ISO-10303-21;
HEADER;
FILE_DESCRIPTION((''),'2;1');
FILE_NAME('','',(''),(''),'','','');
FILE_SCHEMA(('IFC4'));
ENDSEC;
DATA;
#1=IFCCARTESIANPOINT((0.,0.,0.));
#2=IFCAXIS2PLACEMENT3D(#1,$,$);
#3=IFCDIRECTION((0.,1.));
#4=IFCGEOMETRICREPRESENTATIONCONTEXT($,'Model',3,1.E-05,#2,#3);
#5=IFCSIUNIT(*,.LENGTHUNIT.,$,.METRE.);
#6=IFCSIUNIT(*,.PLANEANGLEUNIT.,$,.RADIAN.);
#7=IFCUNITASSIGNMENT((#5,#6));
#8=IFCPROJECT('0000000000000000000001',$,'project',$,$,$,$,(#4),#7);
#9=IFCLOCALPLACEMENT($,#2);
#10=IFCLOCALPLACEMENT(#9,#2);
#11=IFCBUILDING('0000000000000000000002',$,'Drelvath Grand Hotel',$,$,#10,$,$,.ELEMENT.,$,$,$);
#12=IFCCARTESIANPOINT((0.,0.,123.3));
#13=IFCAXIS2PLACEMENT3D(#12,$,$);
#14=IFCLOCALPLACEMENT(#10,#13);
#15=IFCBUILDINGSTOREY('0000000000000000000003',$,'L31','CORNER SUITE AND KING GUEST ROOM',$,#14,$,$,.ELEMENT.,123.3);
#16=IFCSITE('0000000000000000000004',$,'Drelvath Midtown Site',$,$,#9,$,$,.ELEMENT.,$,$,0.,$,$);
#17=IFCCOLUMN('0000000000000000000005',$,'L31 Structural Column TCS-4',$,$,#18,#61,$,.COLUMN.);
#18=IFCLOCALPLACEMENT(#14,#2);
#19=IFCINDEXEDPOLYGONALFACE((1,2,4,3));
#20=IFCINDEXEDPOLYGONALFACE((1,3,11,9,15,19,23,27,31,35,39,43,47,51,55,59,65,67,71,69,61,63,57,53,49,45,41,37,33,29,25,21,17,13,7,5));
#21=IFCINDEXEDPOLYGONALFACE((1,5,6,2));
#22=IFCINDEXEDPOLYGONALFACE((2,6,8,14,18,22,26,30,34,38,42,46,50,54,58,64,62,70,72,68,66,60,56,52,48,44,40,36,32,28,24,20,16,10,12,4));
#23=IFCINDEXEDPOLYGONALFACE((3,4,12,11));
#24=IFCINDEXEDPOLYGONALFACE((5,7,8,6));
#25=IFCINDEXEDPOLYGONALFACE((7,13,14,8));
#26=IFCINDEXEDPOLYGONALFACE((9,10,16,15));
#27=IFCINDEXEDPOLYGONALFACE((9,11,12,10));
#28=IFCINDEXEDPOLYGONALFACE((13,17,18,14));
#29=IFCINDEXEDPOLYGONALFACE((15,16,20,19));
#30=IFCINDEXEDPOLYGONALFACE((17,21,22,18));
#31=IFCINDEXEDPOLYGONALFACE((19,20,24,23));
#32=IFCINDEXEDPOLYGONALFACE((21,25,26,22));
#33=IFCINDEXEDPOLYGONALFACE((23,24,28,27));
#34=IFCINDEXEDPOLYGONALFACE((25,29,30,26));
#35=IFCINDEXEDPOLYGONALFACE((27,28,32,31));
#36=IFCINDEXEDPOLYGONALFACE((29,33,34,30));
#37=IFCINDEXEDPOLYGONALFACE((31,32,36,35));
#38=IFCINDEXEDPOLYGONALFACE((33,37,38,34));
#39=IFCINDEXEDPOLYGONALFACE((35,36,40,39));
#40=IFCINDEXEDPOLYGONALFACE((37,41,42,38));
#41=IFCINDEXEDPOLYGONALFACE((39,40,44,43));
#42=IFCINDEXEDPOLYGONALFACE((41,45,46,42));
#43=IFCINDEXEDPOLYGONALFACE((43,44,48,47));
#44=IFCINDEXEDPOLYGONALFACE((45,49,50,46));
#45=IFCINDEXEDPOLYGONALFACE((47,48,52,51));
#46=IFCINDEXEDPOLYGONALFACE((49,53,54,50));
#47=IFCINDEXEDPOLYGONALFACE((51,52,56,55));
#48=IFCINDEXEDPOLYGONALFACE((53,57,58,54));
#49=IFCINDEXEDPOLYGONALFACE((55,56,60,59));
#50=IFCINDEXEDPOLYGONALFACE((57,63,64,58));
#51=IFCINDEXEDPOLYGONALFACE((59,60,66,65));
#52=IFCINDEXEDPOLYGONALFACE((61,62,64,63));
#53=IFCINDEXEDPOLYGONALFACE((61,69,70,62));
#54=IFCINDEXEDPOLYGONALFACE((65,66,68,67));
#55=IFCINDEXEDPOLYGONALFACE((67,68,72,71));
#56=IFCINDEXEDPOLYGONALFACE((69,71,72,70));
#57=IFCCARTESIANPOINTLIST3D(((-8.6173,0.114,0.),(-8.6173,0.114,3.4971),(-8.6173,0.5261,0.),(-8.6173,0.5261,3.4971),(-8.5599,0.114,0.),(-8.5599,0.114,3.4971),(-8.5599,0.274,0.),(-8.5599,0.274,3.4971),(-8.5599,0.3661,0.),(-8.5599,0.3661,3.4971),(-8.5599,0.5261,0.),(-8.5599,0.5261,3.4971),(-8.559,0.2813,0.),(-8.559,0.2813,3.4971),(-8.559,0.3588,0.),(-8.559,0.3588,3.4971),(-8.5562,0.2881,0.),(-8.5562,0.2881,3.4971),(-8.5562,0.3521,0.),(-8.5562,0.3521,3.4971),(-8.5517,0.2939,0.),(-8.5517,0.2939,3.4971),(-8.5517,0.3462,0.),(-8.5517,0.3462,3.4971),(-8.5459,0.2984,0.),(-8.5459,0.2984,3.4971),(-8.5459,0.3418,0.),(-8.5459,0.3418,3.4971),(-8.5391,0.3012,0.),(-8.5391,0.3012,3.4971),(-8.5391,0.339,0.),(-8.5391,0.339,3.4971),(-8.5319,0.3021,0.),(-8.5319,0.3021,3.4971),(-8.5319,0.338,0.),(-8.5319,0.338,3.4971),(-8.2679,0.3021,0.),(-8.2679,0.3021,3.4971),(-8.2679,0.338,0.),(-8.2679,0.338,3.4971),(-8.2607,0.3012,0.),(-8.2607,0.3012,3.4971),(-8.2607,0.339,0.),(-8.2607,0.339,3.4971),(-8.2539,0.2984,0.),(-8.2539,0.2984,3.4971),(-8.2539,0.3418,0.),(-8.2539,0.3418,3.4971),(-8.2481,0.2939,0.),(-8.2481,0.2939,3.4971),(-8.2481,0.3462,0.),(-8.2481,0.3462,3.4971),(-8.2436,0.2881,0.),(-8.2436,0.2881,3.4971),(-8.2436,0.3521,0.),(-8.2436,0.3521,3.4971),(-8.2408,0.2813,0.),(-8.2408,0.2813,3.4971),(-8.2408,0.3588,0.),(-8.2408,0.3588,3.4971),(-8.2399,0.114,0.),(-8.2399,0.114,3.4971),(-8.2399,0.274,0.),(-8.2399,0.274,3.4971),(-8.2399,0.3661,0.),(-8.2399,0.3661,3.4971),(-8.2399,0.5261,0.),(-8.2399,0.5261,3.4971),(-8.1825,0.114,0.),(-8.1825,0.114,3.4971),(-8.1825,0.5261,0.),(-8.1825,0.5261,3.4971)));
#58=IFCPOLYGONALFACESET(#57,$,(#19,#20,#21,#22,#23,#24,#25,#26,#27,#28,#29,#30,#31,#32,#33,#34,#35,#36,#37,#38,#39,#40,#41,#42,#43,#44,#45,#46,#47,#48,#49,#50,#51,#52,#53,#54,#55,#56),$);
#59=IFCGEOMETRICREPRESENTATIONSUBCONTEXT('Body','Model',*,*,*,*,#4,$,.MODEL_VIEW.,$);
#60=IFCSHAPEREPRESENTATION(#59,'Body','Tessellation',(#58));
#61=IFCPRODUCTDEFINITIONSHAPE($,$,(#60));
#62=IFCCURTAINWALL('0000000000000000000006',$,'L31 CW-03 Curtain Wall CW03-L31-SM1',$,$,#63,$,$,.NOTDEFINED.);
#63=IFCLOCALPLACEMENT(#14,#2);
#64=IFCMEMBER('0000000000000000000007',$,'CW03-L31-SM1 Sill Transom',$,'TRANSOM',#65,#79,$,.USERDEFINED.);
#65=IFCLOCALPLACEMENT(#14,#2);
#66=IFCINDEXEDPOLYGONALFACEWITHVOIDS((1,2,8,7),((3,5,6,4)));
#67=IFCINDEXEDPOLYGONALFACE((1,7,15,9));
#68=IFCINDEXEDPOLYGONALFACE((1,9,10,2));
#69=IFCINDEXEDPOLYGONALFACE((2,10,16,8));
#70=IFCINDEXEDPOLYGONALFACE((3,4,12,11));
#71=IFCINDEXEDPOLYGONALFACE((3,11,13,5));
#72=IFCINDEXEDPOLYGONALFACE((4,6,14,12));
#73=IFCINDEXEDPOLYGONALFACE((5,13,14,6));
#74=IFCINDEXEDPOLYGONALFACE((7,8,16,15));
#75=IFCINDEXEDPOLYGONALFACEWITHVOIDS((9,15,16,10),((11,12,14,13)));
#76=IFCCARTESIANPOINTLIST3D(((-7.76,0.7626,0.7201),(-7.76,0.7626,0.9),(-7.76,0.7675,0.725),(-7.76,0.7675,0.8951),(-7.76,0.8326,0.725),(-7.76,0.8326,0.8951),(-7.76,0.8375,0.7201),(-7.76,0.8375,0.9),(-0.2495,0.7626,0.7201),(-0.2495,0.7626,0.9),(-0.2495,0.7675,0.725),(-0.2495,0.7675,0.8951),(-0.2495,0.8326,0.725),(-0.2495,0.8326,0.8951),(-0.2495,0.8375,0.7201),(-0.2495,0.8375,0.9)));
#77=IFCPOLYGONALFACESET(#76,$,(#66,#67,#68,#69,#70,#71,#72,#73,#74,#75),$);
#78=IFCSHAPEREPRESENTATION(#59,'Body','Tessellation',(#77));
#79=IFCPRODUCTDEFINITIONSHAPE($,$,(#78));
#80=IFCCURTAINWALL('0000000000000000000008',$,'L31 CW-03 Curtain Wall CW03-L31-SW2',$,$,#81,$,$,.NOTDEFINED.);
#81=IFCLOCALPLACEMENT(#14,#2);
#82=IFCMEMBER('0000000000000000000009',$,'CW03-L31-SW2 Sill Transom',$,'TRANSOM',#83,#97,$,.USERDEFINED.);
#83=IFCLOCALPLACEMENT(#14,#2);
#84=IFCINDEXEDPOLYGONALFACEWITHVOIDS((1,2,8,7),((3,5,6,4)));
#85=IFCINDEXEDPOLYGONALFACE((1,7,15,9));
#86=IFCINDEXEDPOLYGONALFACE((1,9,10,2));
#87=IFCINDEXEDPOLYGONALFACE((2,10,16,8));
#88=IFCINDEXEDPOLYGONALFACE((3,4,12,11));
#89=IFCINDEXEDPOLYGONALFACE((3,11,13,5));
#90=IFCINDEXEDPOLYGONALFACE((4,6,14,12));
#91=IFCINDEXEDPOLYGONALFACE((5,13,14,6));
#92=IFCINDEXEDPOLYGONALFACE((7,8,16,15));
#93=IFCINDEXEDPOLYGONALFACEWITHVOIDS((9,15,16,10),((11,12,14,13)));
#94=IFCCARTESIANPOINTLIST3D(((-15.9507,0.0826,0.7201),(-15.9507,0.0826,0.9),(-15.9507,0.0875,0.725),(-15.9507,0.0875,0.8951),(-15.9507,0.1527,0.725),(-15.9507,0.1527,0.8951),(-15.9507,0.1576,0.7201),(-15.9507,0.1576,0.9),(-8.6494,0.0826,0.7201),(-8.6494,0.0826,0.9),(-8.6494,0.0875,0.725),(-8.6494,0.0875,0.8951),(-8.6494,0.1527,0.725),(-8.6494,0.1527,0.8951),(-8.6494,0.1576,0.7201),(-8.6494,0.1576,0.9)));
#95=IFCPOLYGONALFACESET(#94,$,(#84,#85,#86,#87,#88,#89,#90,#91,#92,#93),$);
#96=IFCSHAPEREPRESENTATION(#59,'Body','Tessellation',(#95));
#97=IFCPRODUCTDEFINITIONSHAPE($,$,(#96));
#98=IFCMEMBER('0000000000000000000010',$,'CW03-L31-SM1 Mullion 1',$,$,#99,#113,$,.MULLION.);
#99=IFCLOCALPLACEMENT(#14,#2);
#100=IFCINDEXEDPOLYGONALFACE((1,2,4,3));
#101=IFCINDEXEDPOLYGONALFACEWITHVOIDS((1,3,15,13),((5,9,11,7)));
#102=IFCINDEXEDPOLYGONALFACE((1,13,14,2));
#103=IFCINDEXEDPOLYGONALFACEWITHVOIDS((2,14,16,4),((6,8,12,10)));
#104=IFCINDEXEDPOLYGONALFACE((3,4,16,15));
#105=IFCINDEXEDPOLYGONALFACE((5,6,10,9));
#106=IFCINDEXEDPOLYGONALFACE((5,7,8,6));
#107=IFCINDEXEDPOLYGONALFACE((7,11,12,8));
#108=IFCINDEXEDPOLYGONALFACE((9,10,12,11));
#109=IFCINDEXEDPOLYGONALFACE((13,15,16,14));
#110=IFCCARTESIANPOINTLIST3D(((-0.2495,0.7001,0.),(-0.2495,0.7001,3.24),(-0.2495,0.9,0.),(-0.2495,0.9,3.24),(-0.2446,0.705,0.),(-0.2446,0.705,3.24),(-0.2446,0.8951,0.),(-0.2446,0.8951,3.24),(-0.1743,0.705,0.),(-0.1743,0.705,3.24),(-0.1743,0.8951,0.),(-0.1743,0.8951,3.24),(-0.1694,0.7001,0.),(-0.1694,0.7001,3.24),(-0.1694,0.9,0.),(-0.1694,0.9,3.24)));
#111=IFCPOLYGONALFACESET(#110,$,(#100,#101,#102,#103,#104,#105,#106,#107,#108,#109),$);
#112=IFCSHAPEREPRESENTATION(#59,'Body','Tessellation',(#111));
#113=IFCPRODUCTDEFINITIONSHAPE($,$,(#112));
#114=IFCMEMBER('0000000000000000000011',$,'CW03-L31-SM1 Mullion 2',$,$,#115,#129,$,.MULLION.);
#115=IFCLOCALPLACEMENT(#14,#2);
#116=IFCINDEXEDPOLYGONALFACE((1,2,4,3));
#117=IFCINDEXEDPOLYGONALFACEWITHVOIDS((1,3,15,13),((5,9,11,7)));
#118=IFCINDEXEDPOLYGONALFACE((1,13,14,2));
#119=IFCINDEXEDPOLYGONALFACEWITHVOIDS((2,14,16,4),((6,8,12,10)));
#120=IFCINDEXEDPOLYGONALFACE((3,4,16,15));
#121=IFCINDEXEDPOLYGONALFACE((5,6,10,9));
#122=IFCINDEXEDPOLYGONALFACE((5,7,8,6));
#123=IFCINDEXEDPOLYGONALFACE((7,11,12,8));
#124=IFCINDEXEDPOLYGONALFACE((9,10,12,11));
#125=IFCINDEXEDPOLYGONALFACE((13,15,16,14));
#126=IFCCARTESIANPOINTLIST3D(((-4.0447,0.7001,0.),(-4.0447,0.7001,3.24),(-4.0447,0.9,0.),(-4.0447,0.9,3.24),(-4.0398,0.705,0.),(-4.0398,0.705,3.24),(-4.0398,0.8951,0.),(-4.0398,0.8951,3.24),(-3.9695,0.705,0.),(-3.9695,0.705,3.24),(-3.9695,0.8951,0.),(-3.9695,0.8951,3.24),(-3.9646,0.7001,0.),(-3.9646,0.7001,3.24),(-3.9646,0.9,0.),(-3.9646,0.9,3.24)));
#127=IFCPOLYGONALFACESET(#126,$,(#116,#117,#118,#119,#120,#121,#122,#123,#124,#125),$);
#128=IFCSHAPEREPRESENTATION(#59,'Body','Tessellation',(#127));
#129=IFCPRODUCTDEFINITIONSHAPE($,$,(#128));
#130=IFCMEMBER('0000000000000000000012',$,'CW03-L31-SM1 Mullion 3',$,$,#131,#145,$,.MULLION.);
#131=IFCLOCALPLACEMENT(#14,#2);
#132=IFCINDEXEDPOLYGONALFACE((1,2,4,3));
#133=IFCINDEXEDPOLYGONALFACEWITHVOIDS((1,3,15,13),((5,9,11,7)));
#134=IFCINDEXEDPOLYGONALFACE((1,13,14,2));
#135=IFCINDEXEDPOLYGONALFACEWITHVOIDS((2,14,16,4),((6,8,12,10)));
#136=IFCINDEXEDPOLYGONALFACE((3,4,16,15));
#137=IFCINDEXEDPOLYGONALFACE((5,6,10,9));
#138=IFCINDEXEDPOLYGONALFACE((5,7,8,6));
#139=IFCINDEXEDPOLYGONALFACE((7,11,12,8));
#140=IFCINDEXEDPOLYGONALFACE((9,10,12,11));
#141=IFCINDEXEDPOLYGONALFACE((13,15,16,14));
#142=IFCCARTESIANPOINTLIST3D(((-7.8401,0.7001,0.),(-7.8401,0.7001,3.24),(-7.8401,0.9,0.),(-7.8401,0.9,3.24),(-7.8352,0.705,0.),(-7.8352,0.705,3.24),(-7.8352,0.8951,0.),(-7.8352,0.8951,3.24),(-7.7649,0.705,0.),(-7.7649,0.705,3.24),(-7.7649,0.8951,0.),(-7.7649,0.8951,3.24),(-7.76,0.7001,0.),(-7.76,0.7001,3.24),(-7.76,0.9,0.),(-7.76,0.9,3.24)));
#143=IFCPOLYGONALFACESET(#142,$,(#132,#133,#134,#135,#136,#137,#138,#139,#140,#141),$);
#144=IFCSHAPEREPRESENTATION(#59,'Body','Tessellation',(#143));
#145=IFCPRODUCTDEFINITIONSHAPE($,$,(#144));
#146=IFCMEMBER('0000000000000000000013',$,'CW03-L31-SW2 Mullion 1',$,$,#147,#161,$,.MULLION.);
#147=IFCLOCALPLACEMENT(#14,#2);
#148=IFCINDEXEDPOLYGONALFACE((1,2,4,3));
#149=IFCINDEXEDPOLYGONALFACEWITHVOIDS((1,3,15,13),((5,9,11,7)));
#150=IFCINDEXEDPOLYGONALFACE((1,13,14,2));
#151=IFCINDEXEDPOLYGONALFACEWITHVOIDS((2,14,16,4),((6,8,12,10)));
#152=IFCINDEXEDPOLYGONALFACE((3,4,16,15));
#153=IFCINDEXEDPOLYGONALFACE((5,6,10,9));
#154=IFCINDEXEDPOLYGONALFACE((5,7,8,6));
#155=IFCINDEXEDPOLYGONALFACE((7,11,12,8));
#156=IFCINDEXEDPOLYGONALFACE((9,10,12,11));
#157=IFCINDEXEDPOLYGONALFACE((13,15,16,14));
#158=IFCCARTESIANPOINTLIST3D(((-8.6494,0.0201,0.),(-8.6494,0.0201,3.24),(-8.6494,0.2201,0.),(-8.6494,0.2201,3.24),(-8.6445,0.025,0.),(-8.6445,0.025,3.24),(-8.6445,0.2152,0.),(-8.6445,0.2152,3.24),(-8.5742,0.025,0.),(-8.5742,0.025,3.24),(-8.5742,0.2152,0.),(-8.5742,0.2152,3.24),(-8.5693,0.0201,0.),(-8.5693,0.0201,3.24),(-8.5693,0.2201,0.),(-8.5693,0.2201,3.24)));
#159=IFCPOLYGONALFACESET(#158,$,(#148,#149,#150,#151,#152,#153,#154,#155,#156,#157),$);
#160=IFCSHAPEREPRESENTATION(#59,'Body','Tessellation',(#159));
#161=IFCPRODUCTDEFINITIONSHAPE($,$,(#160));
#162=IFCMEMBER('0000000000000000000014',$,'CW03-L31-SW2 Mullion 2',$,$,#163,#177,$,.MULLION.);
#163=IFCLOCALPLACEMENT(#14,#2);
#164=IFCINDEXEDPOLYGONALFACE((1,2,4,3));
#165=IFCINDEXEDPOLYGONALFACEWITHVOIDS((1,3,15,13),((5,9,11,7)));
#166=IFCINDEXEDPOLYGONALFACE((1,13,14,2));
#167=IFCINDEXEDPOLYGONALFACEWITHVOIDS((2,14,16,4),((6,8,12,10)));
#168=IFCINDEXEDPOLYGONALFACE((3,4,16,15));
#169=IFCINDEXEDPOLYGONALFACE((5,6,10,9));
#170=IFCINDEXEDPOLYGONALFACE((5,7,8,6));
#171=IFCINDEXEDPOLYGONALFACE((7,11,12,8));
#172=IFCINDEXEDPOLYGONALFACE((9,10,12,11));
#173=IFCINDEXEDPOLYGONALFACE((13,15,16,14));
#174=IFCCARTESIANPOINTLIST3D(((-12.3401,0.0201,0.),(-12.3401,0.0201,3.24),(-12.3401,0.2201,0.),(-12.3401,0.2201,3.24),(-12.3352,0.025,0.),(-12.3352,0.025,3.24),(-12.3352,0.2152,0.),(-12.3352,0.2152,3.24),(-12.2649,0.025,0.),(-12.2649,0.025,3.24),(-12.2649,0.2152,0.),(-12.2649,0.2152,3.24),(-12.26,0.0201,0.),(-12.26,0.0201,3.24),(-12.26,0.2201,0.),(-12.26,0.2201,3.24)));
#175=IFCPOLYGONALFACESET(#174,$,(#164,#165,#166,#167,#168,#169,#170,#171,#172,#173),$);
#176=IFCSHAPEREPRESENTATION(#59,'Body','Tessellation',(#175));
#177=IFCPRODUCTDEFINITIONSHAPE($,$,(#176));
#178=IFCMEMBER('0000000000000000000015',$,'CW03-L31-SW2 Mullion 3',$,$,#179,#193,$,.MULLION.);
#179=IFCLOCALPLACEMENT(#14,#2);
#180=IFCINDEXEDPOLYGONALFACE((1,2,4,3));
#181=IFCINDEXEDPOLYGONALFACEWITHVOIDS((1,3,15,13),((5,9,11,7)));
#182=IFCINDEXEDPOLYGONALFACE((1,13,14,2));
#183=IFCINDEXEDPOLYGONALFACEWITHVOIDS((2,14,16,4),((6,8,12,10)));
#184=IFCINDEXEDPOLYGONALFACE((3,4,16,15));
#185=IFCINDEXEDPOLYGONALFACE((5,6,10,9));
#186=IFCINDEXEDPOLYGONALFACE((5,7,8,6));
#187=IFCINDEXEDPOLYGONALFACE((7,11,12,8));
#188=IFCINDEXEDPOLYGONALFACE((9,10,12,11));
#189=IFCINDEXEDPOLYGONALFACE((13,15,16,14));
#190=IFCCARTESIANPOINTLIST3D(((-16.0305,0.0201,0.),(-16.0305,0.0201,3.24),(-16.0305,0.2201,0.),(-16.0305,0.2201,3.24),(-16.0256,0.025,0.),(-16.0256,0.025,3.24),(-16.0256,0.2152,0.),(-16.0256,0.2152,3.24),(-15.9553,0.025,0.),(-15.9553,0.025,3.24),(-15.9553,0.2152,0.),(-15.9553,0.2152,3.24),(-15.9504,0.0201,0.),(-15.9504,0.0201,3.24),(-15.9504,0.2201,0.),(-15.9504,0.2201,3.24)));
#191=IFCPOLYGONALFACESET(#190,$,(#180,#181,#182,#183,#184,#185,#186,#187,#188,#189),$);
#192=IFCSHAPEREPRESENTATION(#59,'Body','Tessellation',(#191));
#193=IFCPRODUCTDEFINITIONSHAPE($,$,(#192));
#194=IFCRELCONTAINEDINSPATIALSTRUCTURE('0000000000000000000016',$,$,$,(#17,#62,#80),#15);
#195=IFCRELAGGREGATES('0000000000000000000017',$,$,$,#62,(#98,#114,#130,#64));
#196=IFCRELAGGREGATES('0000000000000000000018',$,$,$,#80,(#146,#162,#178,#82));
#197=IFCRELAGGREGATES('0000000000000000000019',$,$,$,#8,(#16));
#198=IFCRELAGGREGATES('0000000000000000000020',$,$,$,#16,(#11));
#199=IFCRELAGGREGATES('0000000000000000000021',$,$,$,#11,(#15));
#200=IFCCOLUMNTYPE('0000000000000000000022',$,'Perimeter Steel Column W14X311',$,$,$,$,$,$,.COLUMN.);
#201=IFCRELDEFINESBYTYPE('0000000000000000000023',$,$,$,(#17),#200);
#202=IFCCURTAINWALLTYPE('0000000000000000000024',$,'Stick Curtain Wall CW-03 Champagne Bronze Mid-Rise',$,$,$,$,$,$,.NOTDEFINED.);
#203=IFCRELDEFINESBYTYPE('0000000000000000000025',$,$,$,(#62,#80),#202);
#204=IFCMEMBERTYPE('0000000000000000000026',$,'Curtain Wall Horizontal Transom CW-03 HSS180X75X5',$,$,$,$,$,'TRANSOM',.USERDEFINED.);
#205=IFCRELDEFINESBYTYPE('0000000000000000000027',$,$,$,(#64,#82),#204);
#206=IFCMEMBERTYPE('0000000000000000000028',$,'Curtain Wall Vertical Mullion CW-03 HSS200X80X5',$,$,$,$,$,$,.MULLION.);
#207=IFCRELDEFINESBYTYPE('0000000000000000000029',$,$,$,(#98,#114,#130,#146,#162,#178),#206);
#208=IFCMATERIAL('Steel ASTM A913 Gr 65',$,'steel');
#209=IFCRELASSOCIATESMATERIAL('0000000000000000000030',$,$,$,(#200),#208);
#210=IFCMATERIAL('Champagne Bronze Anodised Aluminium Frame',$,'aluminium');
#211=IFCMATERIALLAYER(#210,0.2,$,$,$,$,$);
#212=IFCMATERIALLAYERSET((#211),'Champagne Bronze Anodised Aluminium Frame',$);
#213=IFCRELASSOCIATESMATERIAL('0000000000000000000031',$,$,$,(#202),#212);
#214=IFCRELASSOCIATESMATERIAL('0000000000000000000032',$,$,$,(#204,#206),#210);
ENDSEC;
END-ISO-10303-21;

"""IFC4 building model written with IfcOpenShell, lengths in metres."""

from ifc_helpers import new_model, si_unit, direction, frame, origin, origin_2d, place, context, subcontext, project, spatial, hollow_rectangle, i_section, extrude, material, layer, layer_set, material_profile, profile_set, type_object, element, aggregate, save


model = new_model("IFC4")

# Units and contexts
model_context = context("Model", 3, precision=1e-05, world=origin(), true_north=direction((0.0, 1.0)))
body_context = subcontext(model_context, "Body", "Model", "MODEL_VIEW")
ifc_project = project(units=[si_unit("LENGTHUNIT", "METRE"), si_unit("PLANEANGLEUNIT", "RADIAN")], contexts=[model_context])

# Site, building, storey
site_placement = place(None, origin())
site = spatial("IfcSite", under=ifc_project, at=site_placement, Name="Drelvath Midtown Site", CompositionType="ELEMENT", RefElevation=0.0)
building_placement = place(site_placement, origin())
building = spatial("IfcBuilding", under=site, at=building_placement, Name="Drelvath Grand Hotel", CompositionType="ELEMENT")
storey_placement = place(building_placement, frame((0.0, 0.0, 123.3)))
storey = spatial("IfcBuildingStorey", under=building, at=storey_placement, Name="L31", Description="CORNER SUITE AND KING GUEST ROOM", CompositionType="ELEMENT", Elevation=123.3)

# Column
ifc_material_1 = material(Name="Steel ASTM A913 Gr 65", Category="steel")
ifc_material_profile_1 = material_profile(ifc_material_1, i_section(OverallWidth=0.4121, OverallDepth=0.4348, WebThickness=0.0359, FlangeThickness=0.0574, FilletRadius=0.0281, at=origin_2d()), Name="W14X311")
ifc_profile_set_1 = profile_set([ifc_material_profile_1], Name="Steel ASTM A913 Gr 65")
column_type = type_object("IfcColumnType", Name="Perimeter Steel Column W14X311", PredefinedType="COLUMN", material=ifc_profile_set_1)
column_placement = place(storey_placement, frame((-8.3999, 0.3201, 0.0), z_axis=(0.0, 0.0, 1.0), x_axis=(0.0, 1.0, 0.0)))
element("IfcColumn", 1, at=column_placement, inside=storey, type_object=column_type, Name="L31 Structural Column TCS-4", PredefinedType="COLUMN", context=body_context, shape_type="SweptSolid", body=[
    extrude(i_section(OverallWidth=0.4121, OverallDepth=0.4348, WebThickness=0.0359, FlangeThickness=0.0574, FilletRadius=0.0281, at=origin_2d()), origin(), (0.0, 0.0, 1.0), 3.4971),
])

# Curtain walls, members
ifc_material_2 = material(Name="Champagne Bronze Anodised Aluminium Frame", Category="aluminium")
ifc_layer_1 = layer(ifc_material_2, 0.2)
ifc_layer_set_1 = layer_set([ifc_layer_1], Name="Champagne Bronze Anodised Aluminium Frame")
curtain_wall_type = type_object("IfcCurtainWallType", Name="Stick Curtain Wall CW-03 Champagne Bronze Mid-Rise", PredefinedType="NOTDEFINED", material=ifc_layer_set_1)
curtain_wall_1_placement = place(storey_placement, origin())
curtain_wall_1 = element("IfcCurtainWall", 2, at=curtain_wall_1_placement, inside=storey, type_object=curtain_wall_type, Name="L31 CW-03 Curtain Wall CW03-L31-SM1", PredefinedType="NOTDEFINED")
ifc_material_profile_2 = material_profile(ifc_material_2, hollow_rectangle(XDim=0.075, YDim=0.1799, WallThickness=0.0049, at=origin_2d()), Name="HSS180X75X5")
ifc_profile_set_2 = profile_set([ifc_material_profile_2], Name="Champagne Bronze Anodised Aluminium Frame")
member_type_1 = type_object("IfcMemberType", Name="Curtain Wall Horizontal Transom CW-03 HSS180X75X5", ElementType="TRANSOM", PredefinedType="USERDEFINED", material=ifc_profile_set_2)
member_1_placement = place(storey_placement, frame((-0.2495, 0.8, 0.8101), z_axis=(-1.0, 0.0, 0.0), x_axis=(0.0, -1.0, 0.0)))
member_1 = element("IfcMember", 3, at=member_1_placement, type_object=member_type_1, Name="CW03-L31-SM1 Sill Transom", ObjectType="TRANSOM", PredefinedType="USERDEFINED", context=body_context, shape_type="SweptSolid", body=[
    extrude(hollow_rectangle(XDim=0.075, YDim=0.1799, WallThickness=0.0049, at=origin_2d()), origin(), (0.0, 0.0, 1.0), 7.5105),
])
curtain_wall_2_placement = place(storey_placement, origin())
curtain_wall_2 = element("IfcCurtainWall", 4, at=curtain_wall_2_placement, inside=storey, type_object=curtain_wall_type, Name="L31 CW-03 Curtain Wall CW03-L31-SW2", PredefinedType="NOTDEFINED")
member_2_placement = place(storey_placement, frame((-8.6494, 0.1201, 0.8101), z_axis=(-1.0, 0.0, 0.0), x_axis=(0.0, -1.0, 0.0)))
member_2 = element("IfcMember", 5, at=member_2_placement, type_object=member_type_1, Name="CW03-L31-SW2 Sill Transom", ObjectType="TRANSOM", PredefinedType="USERDEFINED", context=body_context, shape_type="SweptSolid", body=[
    extrude(hollow_rectangle(XDim=0.075, YDim=0.1799, WallThickness=0.0049, at=origin_2d()), origin(), (0.0, 0.0, 1.0), 7.3013),
])

# Members
ifc_material_profile_3 = material_profile(ifc_material_2, hollow_rectangle(XDim=0.0801, YDim=0.2, WallThickness=0.0049, at=origin_2d()), Name="HSS200X80X5")
ifc_profile_set_3 = profile_set([ifc_material_profile_3], Name="Champagne Bronze Anodised Aluminium Frame")
member_type_2 = type_object("IfcMemberType", Name="Curtain Wall Vertical Mullion CW-03 HSS200X80X5", PredefinedType="MULLION", material=ifc_profile_set_3)
member_3_placement = place(storey_placement, frame((-0.2095, 0.8, 0.0), z_axis=(0.0, 0.0, 1.0), x_axis=(1.0, 0.0, 0.0)))
member_3 = element("IfcMember", 6, at=member_3_placement, type_object=member_type_2, Name="CW03-L31-SM1 Mullion 1", PredefinedType="MULLION", context=body_context, shape_type="SweptSolid", body=[
    extrude(hollow_rectangle(XDim=0.0801, YDim=0.2, WallThickness=0.0049, at=origin_2d()), origin(), (0.0, 0.0, 1.0), 3.24),
])
member_4_placement = place(storey_placement, frame((-4.0046, 0.8, 0.0), z_axis=(0.0, 0.0, 1.0), x_axis=(1.0, 0.0, 0.0)))
member_4 = element("IfcMember", 7, at=member_4_placement, type_object=member_type_2, Name="CW03-L31-SM1 Mullion 2", PredefinedType="MULLION", context=body_context, shape_type="SweptSolid", body=[
    extrude(hollow_rectangle(XDim=0.0801, YDim=0.2, WallThickness=0.0049, at=origin_2d()), origin(), (0.0, 0.0, 1.0), 3.24),
])
member_5_placement = place(storey_placement, frame((-7.8, 0.8, 0.0), z_axis=(0.0, 0.0, 1.0), x_axis=(1.0, 0.0, 0.0)))
member_5 = element("IfcMember", 8, at=member_5_placement, type_object=member_type_2, Name="CW03-L31-SM1 Mullion 3", PredefinedType="MULLION", context=body_context, shape_type="SweptSolid", body=[
    extrude(hollow_rectangle(XDim=0.0801, YDim=0.2, WallThickness=0.0049, at=origin_2d()), origin(), (0.0, 0.0, 1.0), 3.24),
])
member_6_placement = place(storey_placement, frame((-8.6094, 0.1201, 0.0), z_axis=(0.0, 0.0, 1.0), x_axis=(1.0, 0.0, 0.0)))
member_6 = element("IfcMember", 9, at=member_6_placement, type_object=member_type_2, Name="CW03-L31-SW2 Mullion 1", PredefinedType="MULLION", context=body_context, shape_type="SweptSolid", body=[
    extrude(hollow_rectangle(XDim=0.0801, YDim=0.2, WallThickness=0.0049, at=origin_2d()), origin(), (0.0, 0.0, 1.0), 3.24),
])
member_7_placement = place(storey_placement, frame((-12.3, 0.1201, 0.0), z_axis=(0.0, 0.0, 1.0), x_axis=(1.0, 0.0, 0.0)))
member_7 = element("IfcMember", 10, at=member_7_placement, type_object=member_type_2, Name="CW03-L31-SW2 Mullion 2", PredefinedType="MULLION", context=body_context, shape_type="SweptSolid", body=[
    extrude(hollow_rectangle(XDim=0.0801, YDim=0.2, WallThickness=0.0049, at=origin_2d()), origin(), (0.0, 0.0, 1.0), 3.24),
])
member_8_placement = place(storey_placement, frame((-15.9905, 0.1201, 0.0), z_axis=(0.0, 0.0, 1.0), x_axis=(1.0, 0.0, 0.0)))
member_8 = element("IfcMember", 11, at=member_8_placement, type_object=member_type_2, Name="CW03-L31-SW2 Mullion 3", PredefinedType="MULLION", context=body_context, shape_type="SweptSolid", body=[
    extrude(hollow_rectangle(XDim=0.0801, YDim=0.2, WallThickness=0.0049, at=origin_2d()), origin(), (0.0, 0.0, 1.0), 3.24),
])

aggregate(curtain_wall_1, [member_3, member_4, member_5, member_1])
aggregate(curtain_wall_2, [member_6, member_7, member_8, member_2])

save(model, "model.ifc")
